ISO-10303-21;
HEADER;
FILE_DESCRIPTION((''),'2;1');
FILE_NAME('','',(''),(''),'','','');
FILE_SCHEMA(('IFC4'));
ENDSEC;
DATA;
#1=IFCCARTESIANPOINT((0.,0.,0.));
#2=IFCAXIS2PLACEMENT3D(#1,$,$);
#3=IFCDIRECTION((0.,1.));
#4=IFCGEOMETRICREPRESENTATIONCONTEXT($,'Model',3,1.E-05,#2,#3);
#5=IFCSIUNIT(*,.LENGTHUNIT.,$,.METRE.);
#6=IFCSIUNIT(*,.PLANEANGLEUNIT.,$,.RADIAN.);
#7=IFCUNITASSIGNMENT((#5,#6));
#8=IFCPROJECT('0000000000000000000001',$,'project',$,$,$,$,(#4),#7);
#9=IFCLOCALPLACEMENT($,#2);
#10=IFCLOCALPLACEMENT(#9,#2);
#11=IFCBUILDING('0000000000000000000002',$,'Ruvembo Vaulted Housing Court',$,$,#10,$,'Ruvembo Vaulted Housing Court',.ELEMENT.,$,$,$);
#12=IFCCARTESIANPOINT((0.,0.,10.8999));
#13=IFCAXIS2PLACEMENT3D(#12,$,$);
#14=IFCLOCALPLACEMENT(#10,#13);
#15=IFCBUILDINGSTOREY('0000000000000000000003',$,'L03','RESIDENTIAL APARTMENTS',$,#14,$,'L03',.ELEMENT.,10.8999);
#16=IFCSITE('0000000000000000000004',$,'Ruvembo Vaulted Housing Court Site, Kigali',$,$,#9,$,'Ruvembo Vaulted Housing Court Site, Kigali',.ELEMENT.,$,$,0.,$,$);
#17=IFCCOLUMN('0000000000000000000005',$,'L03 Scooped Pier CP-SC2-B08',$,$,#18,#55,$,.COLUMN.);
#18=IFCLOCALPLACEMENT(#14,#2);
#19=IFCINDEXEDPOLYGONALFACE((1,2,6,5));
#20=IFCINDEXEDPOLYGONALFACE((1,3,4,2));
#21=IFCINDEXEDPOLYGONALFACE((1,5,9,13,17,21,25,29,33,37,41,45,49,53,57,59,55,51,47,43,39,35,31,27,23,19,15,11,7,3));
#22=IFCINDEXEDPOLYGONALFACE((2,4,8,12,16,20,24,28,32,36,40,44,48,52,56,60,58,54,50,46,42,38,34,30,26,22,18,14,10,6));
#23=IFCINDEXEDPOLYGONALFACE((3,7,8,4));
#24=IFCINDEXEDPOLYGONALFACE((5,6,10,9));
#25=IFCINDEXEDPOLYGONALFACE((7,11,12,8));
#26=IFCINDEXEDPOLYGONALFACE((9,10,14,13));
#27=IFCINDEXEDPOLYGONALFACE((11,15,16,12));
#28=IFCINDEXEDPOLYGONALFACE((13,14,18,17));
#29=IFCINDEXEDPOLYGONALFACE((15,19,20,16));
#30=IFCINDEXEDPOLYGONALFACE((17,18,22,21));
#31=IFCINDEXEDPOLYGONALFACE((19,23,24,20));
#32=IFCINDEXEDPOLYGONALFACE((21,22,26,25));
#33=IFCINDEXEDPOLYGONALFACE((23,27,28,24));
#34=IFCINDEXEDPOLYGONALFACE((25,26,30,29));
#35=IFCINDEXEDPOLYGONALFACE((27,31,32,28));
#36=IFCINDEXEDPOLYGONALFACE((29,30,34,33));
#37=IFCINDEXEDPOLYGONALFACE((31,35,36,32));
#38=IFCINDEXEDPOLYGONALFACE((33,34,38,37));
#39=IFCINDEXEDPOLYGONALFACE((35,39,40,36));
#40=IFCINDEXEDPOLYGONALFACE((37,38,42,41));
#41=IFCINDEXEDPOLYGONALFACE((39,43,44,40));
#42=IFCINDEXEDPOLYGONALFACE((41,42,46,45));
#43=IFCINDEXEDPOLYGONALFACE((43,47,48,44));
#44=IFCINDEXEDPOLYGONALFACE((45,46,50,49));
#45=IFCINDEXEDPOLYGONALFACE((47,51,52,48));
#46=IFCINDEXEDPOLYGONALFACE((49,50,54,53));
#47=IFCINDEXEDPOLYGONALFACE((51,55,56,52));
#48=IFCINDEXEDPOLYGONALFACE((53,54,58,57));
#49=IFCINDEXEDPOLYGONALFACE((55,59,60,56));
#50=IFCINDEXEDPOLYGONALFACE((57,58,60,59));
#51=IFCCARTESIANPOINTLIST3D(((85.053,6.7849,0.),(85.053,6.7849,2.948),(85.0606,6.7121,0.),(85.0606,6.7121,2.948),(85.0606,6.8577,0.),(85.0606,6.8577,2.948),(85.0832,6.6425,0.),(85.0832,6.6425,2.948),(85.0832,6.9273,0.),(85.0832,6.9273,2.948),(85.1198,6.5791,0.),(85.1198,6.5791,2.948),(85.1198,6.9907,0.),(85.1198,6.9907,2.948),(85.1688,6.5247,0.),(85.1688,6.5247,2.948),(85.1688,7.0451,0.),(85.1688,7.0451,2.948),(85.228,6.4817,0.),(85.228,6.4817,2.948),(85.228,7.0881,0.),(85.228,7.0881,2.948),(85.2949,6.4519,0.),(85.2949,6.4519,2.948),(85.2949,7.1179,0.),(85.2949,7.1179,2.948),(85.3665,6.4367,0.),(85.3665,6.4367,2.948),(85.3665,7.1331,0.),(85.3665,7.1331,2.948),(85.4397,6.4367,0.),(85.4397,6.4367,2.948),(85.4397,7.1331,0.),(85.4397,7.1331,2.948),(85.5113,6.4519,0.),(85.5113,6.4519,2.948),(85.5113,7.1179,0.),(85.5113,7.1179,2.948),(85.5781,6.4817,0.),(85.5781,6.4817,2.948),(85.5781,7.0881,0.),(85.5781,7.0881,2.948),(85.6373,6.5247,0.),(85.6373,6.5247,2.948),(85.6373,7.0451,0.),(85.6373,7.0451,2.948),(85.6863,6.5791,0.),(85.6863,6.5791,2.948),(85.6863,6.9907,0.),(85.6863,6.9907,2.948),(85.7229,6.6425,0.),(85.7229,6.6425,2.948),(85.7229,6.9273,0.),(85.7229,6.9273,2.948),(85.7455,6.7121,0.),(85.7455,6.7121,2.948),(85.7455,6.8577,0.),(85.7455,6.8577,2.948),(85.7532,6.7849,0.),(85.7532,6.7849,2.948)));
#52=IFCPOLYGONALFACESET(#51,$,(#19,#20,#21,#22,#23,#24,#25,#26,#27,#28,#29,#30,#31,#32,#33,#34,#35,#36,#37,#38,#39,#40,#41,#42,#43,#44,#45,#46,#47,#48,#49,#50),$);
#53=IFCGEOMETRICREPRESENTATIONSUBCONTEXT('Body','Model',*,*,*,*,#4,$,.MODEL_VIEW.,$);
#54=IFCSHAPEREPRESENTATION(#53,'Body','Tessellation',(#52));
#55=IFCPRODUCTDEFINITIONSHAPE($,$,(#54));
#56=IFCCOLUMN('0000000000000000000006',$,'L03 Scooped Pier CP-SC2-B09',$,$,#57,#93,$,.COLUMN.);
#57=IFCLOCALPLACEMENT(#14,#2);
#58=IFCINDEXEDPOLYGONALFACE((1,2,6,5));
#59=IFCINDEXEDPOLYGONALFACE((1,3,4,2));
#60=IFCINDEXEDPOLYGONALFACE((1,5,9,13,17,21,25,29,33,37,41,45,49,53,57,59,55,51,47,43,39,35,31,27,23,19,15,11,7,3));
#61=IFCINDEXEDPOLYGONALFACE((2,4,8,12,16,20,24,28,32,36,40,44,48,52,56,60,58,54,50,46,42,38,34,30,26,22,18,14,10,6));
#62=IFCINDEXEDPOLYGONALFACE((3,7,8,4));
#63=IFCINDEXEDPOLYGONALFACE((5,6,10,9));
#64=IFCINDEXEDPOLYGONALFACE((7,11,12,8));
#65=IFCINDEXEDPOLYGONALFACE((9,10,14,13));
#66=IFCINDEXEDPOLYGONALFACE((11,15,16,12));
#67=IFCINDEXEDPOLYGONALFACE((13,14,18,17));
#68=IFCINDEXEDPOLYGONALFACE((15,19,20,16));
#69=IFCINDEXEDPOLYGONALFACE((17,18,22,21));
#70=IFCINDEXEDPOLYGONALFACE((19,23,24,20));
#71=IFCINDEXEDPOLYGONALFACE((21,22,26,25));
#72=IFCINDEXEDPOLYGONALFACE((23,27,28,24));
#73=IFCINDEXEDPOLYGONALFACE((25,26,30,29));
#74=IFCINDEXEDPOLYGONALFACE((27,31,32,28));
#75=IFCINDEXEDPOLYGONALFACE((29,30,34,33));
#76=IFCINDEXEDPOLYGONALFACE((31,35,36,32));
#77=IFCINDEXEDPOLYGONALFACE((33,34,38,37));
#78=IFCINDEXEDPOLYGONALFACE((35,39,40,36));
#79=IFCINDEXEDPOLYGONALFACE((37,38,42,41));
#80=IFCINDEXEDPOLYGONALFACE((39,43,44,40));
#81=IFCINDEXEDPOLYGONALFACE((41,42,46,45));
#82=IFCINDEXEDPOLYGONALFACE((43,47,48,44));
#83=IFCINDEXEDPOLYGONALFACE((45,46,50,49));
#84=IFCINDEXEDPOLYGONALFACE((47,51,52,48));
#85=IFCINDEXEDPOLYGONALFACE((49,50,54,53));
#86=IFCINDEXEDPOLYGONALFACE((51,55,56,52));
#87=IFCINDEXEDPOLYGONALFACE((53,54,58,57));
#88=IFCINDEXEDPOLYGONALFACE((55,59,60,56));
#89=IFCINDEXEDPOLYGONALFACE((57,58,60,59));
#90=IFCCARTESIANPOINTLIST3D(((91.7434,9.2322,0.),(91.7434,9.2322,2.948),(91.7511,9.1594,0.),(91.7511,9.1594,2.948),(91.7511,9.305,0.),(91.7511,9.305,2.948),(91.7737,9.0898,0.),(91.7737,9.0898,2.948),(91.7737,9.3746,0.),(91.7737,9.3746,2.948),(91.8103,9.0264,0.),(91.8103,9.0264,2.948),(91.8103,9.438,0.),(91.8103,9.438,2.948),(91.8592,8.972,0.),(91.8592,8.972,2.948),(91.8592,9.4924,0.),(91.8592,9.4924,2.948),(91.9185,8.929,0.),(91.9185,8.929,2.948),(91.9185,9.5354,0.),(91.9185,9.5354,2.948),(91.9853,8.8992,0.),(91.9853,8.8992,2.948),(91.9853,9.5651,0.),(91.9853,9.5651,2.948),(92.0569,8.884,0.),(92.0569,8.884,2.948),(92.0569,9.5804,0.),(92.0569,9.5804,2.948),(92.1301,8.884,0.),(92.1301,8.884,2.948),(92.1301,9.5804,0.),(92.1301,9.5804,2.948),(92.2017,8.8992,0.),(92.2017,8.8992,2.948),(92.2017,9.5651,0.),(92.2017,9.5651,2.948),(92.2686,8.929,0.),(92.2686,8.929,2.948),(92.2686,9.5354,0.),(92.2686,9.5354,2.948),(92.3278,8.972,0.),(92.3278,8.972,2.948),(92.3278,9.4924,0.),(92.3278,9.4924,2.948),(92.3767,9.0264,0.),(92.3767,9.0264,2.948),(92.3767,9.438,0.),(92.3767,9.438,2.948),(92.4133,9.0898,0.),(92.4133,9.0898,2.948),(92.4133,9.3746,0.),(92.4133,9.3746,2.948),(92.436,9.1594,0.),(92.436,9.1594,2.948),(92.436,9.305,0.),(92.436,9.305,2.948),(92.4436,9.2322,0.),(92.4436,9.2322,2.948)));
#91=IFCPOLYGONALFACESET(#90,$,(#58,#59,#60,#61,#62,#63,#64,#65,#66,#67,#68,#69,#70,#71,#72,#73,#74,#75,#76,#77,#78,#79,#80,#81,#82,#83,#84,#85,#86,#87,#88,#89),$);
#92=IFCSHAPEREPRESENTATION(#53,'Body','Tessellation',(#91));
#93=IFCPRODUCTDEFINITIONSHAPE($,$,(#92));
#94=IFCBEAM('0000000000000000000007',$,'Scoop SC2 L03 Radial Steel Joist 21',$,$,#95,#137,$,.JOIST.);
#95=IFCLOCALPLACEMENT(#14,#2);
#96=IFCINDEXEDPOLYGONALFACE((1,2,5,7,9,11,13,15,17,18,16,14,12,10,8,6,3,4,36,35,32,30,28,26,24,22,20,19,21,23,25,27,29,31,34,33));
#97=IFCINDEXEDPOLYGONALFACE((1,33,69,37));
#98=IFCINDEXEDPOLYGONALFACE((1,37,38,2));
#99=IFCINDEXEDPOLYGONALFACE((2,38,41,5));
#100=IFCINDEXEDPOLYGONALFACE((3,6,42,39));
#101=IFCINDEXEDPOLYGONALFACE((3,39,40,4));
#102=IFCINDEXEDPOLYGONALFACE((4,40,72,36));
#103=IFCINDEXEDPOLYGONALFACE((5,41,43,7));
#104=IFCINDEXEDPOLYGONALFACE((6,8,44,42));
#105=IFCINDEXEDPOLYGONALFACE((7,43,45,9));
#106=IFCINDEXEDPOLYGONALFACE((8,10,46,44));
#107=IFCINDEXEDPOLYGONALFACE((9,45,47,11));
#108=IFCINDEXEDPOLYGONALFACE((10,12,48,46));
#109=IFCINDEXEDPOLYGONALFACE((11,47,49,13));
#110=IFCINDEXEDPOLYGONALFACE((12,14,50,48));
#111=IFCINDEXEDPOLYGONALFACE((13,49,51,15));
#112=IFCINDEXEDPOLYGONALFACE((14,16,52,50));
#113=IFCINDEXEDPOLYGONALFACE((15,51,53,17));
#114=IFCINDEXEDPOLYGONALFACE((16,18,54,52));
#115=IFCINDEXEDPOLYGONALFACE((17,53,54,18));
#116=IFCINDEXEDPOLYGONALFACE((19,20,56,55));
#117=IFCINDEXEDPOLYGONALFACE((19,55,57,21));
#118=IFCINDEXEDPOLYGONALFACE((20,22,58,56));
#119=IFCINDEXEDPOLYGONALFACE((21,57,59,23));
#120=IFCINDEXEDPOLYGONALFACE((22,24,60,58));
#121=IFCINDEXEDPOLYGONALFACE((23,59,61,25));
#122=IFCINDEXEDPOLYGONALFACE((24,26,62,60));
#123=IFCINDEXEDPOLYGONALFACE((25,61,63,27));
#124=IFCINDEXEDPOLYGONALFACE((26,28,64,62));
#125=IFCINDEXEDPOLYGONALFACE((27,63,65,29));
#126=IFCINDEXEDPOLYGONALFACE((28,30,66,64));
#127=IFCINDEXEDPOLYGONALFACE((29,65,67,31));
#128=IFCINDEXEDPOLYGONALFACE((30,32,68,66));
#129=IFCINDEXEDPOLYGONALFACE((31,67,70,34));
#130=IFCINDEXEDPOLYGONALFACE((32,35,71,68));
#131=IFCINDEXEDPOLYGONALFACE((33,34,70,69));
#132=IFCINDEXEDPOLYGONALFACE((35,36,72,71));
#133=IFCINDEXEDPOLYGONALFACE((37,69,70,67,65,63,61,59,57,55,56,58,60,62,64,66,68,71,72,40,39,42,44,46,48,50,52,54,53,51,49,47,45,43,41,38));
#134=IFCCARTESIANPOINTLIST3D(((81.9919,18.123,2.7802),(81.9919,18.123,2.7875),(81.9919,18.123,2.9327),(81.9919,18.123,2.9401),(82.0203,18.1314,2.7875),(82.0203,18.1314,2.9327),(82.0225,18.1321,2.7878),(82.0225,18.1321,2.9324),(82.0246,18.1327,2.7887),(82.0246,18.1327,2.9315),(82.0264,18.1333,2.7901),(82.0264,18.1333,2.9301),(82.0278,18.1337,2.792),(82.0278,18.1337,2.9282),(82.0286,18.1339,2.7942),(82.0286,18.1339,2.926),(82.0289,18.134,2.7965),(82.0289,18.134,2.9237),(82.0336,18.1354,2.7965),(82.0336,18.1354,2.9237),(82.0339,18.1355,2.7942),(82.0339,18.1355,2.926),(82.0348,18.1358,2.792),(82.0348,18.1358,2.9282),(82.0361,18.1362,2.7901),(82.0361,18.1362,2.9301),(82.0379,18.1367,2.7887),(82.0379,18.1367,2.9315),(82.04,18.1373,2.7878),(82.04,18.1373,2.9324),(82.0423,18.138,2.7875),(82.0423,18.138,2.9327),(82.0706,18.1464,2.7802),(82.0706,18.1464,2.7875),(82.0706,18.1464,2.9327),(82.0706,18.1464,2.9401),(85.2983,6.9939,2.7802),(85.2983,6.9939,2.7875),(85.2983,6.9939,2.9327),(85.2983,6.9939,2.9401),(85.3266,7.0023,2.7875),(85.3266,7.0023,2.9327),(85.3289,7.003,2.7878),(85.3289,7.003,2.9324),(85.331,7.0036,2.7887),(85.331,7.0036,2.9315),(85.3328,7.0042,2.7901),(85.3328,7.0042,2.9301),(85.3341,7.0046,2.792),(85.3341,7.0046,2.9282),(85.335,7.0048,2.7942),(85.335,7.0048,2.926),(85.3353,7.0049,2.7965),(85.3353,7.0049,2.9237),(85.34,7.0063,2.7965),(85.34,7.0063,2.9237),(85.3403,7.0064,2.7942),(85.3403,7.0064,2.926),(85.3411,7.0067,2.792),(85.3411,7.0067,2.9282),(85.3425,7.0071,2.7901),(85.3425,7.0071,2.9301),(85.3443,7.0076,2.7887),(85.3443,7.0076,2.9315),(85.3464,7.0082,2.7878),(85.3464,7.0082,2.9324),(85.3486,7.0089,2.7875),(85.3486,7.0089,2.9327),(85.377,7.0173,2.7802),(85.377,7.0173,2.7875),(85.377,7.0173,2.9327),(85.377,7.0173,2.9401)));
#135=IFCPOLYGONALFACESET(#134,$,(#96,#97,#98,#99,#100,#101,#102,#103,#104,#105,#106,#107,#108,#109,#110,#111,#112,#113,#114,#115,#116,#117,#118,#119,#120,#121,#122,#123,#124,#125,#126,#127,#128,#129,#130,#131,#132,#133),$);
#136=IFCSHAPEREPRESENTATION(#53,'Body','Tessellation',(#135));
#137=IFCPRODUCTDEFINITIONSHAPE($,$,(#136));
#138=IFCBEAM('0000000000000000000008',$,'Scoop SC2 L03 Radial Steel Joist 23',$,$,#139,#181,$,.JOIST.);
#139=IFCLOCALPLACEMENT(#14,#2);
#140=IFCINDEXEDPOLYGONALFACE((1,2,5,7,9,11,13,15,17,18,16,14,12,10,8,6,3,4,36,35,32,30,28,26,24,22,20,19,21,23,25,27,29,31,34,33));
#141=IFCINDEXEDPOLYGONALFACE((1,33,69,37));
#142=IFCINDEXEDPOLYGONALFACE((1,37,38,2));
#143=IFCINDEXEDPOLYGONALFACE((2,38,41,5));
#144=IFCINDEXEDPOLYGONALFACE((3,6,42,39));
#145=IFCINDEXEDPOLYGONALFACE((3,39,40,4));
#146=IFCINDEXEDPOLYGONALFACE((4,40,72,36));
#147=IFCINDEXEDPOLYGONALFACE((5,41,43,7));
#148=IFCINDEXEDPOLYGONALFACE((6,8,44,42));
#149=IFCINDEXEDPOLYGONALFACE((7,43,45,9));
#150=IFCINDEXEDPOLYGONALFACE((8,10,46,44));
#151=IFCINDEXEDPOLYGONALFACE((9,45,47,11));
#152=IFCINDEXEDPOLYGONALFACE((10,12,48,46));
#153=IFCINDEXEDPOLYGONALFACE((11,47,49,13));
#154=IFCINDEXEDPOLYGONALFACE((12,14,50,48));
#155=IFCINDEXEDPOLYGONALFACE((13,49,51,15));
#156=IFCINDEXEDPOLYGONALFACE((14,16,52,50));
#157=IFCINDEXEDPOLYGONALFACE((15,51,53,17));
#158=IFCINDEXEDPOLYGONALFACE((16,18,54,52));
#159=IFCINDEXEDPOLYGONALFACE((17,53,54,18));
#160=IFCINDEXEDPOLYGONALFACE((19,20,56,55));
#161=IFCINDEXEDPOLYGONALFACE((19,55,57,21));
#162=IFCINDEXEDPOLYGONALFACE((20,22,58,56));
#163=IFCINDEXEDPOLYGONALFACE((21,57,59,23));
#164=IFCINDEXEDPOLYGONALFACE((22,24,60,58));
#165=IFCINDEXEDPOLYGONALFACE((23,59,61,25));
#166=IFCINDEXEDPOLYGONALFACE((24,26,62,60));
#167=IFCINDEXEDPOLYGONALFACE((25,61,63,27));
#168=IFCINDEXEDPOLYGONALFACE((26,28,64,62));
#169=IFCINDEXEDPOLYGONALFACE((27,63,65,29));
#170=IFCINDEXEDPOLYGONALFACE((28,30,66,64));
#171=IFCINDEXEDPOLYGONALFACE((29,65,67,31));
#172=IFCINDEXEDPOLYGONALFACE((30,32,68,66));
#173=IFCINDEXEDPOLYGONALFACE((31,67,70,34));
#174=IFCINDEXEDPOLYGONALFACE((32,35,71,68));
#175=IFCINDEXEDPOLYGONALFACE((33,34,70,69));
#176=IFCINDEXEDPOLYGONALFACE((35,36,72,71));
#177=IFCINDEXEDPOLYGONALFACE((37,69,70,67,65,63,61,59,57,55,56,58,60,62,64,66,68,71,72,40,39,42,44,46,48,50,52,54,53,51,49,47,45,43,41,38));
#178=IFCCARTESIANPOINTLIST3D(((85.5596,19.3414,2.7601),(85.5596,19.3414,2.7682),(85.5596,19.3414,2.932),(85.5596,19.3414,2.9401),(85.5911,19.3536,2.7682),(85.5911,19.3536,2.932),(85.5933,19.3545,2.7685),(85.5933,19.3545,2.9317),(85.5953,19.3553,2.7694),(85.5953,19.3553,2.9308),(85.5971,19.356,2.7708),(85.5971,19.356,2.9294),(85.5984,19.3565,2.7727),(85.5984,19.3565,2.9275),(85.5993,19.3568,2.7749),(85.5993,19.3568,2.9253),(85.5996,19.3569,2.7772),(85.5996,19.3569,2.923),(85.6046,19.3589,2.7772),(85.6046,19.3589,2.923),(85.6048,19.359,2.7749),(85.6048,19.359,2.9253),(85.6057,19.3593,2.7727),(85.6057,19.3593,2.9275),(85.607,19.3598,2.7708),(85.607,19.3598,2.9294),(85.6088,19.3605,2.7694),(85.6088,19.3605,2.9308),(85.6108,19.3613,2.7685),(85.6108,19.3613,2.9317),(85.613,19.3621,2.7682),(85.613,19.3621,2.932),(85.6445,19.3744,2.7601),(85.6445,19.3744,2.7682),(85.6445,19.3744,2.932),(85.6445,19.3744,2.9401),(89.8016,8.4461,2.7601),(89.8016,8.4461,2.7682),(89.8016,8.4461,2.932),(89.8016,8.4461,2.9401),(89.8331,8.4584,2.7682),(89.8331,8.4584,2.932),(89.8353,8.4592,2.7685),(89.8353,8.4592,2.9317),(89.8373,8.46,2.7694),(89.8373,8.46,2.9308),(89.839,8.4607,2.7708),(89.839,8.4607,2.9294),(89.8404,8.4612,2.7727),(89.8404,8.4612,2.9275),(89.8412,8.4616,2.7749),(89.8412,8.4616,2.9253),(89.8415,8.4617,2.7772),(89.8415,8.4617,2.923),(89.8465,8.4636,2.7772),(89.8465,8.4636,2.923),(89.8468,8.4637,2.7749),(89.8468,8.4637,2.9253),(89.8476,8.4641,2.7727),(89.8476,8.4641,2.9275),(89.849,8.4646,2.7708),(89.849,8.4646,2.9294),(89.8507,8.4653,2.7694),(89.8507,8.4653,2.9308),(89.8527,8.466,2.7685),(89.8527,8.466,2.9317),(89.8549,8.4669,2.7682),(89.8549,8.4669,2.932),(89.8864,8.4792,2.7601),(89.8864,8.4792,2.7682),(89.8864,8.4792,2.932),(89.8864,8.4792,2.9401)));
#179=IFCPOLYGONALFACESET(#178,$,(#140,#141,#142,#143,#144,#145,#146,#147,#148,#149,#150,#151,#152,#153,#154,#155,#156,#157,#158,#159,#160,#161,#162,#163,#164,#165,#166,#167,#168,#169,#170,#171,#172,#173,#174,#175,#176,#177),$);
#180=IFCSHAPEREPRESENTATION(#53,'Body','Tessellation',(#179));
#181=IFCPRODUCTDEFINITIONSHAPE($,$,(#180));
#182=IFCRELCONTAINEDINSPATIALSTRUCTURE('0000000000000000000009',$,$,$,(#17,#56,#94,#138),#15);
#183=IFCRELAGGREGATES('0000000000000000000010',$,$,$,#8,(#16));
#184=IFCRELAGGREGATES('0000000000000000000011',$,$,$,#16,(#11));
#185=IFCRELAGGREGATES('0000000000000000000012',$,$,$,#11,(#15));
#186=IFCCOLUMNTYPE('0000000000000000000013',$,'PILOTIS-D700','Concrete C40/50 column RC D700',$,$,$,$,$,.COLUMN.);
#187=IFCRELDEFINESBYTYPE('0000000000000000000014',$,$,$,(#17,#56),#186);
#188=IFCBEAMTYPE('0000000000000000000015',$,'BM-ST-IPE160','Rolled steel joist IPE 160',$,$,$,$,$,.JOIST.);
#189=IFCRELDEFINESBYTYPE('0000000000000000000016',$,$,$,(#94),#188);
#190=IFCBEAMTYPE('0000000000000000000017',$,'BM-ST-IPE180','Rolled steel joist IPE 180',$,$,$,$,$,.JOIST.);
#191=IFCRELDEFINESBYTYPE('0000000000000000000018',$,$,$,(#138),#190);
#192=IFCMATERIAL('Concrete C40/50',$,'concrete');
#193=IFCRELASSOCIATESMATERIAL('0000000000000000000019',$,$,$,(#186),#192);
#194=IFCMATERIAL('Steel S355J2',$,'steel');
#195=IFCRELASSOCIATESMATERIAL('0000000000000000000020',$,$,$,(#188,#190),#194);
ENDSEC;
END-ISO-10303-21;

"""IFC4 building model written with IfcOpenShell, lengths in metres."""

from ifc_helpers import new_model, si_unit, direction, frame, origin, origin_2d, place, context, subcontext, project, spatial, circle, i_section, extrude, material, material_profile, profile_set, type_object, element, save


model = new_model("IFC4")

# Units and contexts
model_context = context("Model", 3, precision=1e-05, world=origin(), true_north=direction((0.0, 1.0)))
body_context = subcontext(model_context, "Body", "Model", "MODEL_VIEW")
ifc_project = project(units=[si_unit("LENGTHUNIT", "METRE"), si_unit("PLANEANGLEUNIT", "RADIAN")], contexts=[model_context])

# Site, building, storey
site_placement = place(None, origin())
site = spatial("IfcSite", under=ifc_project, at=site_placement, Name="Ruvembo Vaulted Housing Court Site, Kigali", LongName="Ruvembo Vaulted Housing Court Site, Kigali", CompositionType="ELEMENT", RefElevation=0.0)
building_placement = place(site_placement, origin())
building = spatial("IfcBuilding", under=site, at=building_placement, Name="Ruvembo Vaulted Housing Court", LongName="Ruvembo Vaulted Housing Court", CompositionType="ELEMENT")
storey_placement = place(building_placement, frame((0.0, 0.0, 10.8999)))
storey = spatial("IfcBuildingStorey", under=building, at=storey_placement, Name="L03", Description="RESIDENTIAL APARTMENTS", LongName="L03", CompositionType="ELEMENT", Elevation=10.8999)

# Columns
ifc_material_1 = material(Name="Concrete C40/50", Category="concrete")
ifc_material_profile_1 = material_profile(ifc_material_1, circle(Radius=0.3501, at=origin_2d()), Name="RC D700")
ifc_profile_set_1 = profile_set([ifc_material_profile_1], Name="Concrete C40/50")
column_type = type_object("IfcColumnType", Name="PILOTIS-D700", Description="Concrete C40/50 column RC D700", PredefinedType="COLUMN", material=ifc_profile_set_1)
for number, where, z_axis, x_axis, name in (
    (1, (85.4031, 6.7849, 0.0), (0.0, 0.0, 1.0), (1.0, 0.0, 0.0), "L03 Scooped Pier CP-SC2-B08"),
    (2, (92.0935, 9.2322, 0.0), (0.0, 0.0, 1.0), (1.0, 0.0, 0.0), "L03 Scooped Pier CP-SC2-B09"),
):
    element("IfcColumn", number, at=place(storey_placement, frame(where, z_axis=z_axis, x_axis=x_axis)), inside=storey, type_object=column_type, Name=name, PredefinedType="COLUMN", context=body_context, shape_type="SweptSolid", body=[
        extrude(circle(Radius=0.3501, at=origin_2d()), origin(), (0.0, 0.0, 1.0), 2.948),
    ])

# Beams
ifc_material_2 = material(Name="Steel S355J2", Category="steel")
ifc_material_profile_2 = material_profile(ifc_material_2, i_section(OverallWidth=0.082, OverallDepth=0.1599, WebThickness=0.0049, FlangeThickness=0.0073, FilletRadius=0.009, at=origin_2d()), Name="IPE 160")
ifc_profile_set_2 = profile_set([ifc_material_profile_2], Name="Steel S355J2")
beam_type_1 = type_object("IfcBeamType", Name="BM-ST-IPE160", Description="Rolled steel joist IPE 160", PredefinedType="JOIST", material=ifc_profile_set_2)
beam_1_placement = place(storey_placement, frame((85.3376, 7.0056, 2.8601), z_axis=(-0.284791, 0.95859, 0.0), x_axis=(-0.95859, -0.284791, 0.0)))
element("IfcBeam", 3, at=beam_1_placement, inside=storey, type_object=beam_type_1, Name="Scoop SC2 L03 Radial Steel Joist 21", PredefinedType="JOIST", context=body_context, shape_type="SweptSolid", body=[
    extrude(i_section(OverallWidth=0.082, OverallDepth=0.1599, WebThickness=0.0049, FlangeThickness=0.0073, FilletRadius=0.009, at=origin_2d()), origin(), (0.0, 0.0, 1.0), 11.6099),
])
ifc_material_profile_3 = material_profile(ifc_material_2, i_section(OverallWidth=0.0911, OverallDepth=0.1799, WebThickness=0.0054, FlangeThickness=0.0081, FilletRadius=0.009, at=origin_2d()), Name="IPE 180")
ifc_profile_set_3 = profile_set([ifc_material_profile_3], Name="Steel S355J2")
beam_type_2 = type_object("IfcBeamType", Name="BM-ST-IPE180", Description="Rolled steel joist IPE 180", PredefinedType="JOIST", material=ifc_profile_set_3)
beam_2_placement = place(storey_placement, frame((89.844, 8.4626, 2.8501), z_axis=(-0.36281, 0.931863, 0.0), x_axis=(-0.931863, -0.36281, 0.0)))
element("IfcBeam", 4, at=beam_2_placement, inside=storey, type_object=beam_type_2, Name="Scoop SC2 L03 Radial Steel Joist 23", PredefinedType="JOIST", context=body_context, shape_type="SweptSolid", body=[
    extrude(i_section(OverallWidth=0.0911, OverallDepth=0.1799, WebThickness=0.0054, FlangeThickness=0.0081, FilletRadius=0.009, at=origin_2d()), origin(), (0.0, 0.0, 1.0), 11.6919),
])

save(model, "model.ifc")
